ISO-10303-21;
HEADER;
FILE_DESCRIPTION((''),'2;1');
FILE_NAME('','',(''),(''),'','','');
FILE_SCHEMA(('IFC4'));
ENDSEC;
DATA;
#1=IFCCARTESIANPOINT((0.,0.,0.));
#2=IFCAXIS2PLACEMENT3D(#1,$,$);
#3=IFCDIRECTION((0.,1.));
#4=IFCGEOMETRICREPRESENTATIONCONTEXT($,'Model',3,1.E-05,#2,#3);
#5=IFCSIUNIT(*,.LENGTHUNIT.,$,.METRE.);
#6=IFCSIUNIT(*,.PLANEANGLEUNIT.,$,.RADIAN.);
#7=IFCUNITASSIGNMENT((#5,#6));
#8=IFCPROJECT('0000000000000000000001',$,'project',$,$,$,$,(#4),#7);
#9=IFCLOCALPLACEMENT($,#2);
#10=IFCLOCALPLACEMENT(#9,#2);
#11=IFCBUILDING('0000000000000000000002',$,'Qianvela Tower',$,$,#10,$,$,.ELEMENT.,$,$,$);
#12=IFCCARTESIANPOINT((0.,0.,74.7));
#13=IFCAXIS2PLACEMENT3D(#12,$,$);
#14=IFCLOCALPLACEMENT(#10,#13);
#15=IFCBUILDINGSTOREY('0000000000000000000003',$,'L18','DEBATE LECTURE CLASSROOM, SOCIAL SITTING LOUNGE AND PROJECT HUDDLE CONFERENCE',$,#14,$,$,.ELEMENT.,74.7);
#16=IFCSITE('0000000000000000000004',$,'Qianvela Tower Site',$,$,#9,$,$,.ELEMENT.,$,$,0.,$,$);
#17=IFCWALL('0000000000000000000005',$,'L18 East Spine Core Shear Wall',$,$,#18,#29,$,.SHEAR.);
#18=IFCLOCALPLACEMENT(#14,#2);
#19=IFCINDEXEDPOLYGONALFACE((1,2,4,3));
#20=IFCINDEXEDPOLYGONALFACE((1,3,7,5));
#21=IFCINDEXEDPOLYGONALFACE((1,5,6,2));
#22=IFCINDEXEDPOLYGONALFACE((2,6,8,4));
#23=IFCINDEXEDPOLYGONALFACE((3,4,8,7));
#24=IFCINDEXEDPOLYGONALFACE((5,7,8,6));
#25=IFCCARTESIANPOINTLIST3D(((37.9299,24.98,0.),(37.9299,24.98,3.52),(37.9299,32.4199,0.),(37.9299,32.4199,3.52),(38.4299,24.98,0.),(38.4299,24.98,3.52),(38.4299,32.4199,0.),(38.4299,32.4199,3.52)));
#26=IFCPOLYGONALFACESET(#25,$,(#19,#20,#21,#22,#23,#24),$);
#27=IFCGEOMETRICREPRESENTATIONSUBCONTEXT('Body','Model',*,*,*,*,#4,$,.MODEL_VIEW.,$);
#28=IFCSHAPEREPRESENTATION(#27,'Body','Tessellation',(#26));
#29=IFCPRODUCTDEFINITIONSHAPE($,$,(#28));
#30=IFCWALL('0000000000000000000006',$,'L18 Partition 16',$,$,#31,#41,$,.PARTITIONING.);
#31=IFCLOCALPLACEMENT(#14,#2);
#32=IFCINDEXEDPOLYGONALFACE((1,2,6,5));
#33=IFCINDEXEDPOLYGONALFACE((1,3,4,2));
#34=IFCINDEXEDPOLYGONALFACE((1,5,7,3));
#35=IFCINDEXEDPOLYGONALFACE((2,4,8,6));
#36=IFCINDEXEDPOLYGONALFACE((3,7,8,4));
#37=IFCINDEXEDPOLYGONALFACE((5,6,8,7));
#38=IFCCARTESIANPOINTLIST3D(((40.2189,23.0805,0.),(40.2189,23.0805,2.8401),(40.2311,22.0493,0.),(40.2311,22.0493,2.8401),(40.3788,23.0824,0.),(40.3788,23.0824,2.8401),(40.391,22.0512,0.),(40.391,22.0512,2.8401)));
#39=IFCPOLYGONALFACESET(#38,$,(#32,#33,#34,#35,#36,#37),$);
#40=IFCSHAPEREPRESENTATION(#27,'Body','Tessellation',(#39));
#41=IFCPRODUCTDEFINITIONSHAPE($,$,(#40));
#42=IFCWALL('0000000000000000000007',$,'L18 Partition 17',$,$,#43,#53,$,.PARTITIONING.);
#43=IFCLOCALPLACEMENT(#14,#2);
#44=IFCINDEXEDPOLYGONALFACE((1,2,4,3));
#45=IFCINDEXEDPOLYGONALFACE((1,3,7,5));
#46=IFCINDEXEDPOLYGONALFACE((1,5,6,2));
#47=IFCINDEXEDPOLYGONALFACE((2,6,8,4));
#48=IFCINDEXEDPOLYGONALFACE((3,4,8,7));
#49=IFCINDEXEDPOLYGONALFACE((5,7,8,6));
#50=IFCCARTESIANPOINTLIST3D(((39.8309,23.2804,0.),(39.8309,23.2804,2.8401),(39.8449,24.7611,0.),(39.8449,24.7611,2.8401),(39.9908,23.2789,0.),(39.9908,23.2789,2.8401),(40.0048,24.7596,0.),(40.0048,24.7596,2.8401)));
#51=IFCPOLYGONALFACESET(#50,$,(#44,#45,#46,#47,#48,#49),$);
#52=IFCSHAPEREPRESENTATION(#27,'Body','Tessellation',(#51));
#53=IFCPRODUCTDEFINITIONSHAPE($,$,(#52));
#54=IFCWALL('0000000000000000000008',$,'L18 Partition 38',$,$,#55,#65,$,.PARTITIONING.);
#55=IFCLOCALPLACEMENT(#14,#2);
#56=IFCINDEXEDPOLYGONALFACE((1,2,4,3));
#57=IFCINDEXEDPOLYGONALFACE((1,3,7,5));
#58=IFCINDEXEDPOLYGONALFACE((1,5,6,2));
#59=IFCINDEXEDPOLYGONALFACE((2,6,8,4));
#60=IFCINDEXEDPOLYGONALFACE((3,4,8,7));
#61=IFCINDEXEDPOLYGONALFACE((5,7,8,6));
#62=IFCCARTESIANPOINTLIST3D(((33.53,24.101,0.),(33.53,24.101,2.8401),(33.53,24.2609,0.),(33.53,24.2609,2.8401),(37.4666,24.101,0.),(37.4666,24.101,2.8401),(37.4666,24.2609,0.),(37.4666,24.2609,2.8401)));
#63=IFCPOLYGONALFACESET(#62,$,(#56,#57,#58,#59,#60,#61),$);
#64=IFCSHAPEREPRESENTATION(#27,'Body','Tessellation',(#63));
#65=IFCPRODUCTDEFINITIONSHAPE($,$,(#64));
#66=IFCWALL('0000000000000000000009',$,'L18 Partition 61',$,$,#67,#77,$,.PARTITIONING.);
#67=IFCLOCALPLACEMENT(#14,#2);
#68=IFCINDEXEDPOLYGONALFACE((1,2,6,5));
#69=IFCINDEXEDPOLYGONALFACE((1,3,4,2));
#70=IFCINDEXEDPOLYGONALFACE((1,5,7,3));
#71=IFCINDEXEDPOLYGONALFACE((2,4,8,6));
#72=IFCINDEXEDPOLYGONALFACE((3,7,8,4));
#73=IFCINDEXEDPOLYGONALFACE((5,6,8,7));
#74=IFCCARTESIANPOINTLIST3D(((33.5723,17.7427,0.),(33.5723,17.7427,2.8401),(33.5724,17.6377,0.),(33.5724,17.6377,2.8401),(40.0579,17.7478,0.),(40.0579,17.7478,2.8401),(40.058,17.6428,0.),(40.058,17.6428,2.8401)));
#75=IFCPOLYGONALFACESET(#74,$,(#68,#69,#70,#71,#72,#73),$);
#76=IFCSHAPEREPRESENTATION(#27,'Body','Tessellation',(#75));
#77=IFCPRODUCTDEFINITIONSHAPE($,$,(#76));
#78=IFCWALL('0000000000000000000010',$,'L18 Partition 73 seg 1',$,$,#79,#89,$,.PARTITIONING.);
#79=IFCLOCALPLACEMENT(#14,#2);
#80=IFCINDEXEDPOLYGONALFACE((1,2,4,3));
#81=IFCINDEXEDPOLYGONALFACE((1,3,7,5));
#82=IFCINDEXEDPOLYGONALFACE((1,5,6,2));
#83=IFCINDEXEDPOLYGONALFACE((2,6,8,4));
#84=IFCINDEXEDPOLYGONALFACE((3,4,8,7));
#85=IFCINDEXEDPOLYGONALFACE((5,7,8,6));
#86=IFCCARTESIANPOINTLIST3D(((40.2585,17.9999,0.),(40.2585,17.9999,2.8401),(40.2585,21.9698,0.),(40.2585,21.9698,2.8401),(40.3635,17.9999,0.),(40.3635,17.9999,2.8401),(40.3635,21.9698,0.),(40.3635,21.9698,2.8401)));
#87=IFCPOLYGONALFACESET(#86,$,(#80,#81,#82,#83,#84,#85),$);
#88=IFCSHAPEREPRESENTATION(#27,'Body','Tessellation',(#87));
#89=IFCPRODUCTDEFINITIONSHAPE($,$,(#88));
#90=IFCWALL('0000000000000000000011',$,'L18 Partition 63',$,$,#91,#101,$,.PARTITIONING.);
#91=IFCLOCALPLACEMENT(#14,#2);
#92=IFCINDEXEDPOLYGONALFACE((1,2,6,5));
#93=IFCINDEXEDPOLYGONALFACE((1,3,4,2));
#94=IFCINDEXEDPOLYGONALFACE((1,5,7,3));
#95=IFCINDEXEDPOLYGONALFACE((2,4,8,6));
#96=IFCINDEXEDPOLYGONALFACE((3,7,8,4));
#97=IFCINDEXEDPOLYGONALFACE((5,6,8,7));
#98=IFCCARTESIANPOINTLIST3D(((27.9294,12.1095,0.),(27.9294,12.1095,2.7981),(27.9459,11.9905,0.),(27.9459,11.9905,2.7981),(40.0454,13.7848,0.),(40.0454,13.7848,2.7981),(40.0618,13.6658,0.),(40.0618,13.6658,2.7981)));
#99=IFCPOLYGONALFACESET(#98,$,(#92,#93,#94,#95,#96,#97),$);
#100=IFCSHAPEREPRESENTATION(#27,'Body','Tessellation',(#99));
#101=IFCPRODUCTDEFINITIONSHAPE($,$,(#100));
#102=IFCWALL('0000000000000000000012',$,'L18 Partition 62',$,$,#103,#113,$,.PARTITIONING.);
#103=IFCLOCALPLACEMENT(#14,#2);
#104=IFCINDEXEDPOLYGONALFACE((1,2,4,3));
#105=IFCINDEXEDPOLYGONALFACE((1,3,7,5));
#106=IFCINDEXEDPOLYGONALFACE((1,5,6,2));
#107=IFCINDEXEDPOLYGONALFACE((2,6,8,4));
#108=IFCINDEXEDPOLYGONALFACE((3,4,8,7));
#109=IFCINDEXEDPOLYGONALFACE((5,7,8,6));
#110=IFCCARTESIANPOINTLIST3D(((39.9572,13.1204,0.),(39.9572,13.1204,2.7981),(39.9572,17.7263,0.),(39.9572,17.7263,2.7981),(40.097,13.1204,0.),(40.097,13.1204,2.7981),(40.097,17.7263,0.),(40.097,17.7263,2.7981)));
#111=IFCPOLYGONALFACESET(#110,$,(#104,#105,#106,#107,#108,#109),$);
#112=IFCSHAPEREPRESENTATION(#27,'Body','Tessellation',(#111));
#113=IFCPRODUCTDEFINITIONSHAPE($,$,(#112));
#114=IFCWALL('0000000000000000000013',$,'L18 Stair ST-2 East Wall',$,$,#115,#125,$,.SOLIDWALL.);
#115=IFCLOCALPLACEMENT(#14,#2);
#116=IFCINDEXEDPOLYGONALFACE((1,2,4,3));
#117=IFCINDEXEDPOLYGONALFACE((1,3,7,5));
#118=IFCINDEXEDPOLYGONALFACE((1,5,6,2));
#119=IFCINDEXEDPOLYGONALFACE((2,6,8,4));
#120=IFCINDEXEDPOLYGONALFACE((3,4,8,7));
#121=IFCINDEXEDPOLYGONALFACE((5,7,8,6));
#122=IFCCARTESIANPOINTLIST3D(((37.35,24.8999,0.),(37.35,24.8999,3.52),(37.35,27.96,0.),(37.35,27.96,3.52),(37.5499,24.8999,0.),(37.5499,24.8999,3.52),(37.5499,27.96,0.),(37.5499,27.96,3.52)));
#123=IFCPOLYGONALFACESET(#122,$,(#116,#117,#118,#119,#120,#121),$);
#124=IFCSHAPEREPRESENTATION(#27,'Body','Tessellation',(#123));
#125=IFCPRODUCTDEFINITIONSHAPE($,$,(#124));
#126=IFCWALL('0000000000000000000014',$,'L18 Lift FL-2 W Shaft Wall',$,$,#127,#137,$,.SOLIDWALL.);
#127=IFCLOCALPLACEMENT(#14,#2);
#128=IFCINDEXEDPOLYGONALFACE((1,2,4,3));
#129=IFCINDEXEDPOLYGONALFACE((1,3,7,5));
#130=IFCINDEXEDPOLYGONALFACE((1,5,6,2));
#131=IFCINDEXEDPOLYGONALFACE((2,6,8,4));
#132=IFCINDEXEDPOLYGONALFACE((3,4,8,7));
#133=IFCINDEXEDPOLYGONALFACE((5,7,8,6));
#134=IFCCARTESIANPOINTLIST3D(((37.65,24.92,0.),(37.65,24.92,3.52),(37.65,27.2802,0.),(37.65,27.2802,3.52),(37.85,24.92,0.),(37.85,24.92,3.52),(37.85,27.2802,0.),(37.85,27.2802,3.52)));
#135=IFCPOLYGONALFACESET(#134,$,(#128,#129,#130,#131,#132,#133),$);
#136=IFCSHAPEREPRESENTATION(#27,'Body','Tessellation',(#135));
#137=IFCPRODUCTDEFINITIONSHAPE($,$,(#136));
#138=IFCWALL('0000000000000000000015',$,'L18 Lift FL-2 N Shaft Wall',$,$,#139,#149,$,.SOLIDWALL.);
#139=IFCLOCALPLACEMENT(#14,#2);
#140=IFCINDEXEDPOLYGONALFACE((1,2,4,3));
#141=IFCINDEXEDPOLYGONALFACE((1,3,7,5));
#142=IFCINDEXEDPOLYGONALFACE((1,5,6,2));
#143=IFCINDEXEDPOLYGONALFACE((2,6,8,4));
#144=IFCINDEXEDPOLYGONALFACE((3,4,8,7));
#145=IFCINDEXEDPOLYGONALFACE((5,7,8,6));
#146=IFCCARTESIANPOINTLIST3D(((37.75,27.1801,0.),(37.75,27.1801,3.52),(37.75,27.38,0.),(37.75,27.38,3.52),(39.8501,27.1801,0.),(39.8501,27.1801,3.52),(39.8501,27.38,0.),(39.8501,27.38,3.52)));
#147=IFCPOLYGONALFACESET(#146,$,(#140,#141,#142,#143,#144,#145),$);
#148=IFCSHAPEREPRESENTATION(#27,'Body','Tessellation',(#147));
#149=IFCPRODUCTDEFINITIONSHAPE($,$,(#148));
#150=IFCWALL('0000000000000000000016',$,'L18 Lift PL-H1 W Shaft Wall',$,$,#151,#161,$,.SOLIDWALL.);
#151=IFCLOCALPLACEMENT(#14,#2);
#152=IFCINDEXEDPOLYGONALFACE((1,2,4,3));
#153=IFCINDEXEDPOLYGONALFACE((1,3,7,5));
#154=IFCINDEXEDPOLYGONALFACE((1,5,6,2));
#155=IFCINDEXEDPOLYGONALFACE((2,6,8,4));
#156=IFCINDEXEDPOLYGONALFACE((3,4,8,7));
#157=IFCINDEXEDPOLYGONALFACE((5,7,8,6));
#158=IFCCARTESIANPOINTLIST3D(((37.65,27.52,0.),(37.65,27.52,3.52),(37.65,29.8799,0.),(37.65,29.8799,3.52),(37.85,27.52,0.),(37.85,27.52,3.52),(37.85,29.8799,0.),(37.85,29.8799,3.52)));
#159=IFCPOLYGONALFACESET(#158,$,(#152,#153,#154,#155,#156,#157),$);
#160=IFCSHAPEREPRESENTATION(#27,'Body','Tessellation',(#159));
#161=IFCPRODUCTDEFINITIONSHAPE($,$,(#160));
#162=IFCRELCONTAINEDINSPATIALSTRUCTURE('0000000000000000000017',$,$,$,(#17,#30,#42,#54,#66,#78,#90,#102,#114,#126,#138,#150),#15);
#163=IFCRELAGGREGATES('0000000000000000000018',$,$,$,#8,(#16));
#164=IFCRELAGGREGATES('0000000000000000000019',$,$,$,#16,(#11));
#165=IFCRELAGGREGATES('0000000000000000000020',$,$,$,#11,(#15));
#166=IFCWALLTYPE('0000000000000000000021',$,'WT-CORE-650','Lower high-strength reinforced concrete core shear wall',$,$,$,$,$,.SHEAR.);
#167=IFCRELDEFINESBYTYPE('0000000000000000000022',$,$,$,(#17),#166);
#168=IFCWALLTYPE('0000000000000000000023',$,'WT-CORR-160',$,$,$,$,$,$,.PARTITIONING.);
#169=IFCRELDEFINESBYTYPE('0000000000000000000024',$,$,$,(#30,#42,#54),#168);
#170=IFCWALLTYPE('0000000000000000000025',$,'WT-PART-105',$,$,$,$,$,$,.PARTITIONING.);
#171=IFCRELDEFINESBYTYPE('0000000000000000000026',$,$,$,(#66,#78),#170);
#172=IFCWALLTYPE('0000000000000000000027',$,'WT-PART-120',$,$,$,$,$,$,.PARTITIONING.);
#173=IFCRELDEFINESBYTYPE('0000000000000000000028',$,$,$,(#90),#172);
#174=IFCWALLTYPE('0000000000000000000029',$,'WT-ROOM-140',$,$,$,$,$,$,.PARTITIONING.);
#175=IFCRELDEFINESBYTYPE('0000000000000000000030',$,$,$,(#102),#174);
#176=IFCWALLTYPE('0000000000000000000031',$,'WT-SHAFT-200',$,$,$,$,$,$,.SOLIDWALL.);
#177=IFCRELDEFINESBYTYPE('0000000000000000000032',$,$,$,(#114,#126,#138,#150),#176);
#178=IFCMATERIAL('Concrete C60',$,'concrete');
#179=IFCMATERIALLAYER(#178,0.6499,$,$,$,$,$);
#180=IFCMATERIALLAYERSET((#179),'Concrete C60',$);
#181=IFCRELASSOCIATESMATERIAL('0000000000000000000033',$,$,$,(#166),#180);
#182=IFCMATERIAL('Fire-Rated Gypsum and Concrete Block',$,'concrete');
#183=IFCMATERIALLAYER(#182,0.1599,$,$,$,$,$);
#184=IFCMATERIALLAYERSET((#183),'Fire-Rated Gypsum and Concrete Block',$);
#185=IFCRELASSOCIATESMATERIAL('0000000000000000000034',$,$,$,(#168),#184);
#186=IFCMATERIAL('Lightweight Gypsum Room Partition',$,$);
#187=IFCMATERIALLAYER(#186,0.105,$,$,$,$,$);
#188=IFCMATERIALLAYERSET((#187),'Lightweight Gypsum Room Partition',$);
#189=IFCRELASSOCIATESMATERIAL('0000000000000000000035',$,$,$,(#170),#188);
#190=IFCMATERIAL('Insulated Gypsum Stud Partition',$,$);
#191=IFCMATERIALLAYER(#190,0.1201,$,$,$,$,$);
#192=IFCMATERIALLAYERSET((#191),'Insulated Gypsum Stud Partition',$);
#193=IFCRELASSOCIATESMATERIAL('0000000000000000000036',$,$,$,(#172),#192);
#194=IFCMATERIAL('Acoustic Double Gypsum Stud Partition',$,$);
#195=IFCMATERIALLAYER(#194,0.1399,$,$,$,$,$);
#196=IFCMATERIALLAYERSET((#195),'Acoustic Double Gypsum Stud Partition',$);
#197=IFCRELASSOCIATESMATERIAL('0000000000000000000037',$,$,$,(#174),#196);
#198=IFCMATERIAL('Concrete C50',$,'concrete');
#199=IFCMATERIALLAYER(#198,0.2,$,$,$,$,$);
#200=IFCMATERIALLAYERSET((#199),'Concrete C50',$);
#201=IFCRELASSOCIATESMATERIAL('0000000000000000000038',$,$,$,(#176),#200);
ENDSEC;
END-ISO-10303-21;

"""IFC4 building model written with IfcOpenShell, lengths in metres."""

from ifc_helpers import new_model, si_unit, direction, frame, frame_2d, origin, place, context, subcontext, project, spatial, rectangle, extrude, material, layer, layer_set, type_object, element, save


model = new_model("IFC4")

# Units and contexts
model_context = context("Model", 3, precision=1e-05, world=origin(), true_north=direction((0.0, 1.0)))
body_context = subcontext(model_context, "Body", "Model", "MODEL_VIEW")
ifc_project = project(units=[si_unit("LENGTHUNIT", "METRE"), si_unit("PLANEANGLEUNIT", "RADIAN")], contexts=[model_context])

# Site, building, storey
site_placement = place(None, origin())
site = spatial("IfcSite", under=ifc_project, at=site_placement, Name="Qianvela Tower Site", CompositionType="ELEMENT", RefElevation=0.0)
building_placement = place(site_placement, origin())
building = spatial("IfcBuilding", under=site, at=building_placement, Name="Qianvela Tower", CompositionType="ELEMENT")
storey_placement = place(building_placement, frame((0.0, 0.0, 74.7)))
storey = spatial("IfcBuildingStorey", under=building, at=storey_placement, Name="L18", Description="DEBATE LECTURE CLASSROOM, SOCIAL SITTING LOUNGE AND PROJECT HUDDLE CONFERENCE", CompositionType="ELEMENT", Elevation=74.7)

# Walls
ifc_material_1 = material(Name="Concrete C60", Category="concrete")
ifc_layer_1 = layer(ifc_material_1, 0.6499)
ifc_layer_set_1 = layer_set([ifc_layer_1], Name="Concrete C60")
wall_type_1 = type_object("IfcWallType", Name="WT-CORE-650", Description="Lower high-strength reinforced concrete core shear wall", PredefinedType="SHEAR", material=ifc_layer_set_1)
wall_1_placement = place(storey_placement, frame((38.1799, 24.98, 0.0), z_axis=(0.0, 0.0, 1.0), x_axis=(0.0, 1.0, 0.0)))
element("IfcWall", 1, at=wall_1_placement, inside=storey, type_object=wall_type_1, Name="L18 East Spine Core Shear Wall", PredefinedType="SHEAR", context=body_context, shape_type="SweptSolid", body=[
    extrude(rectangle(XDim=7.4399, YDim=0.5, at=frame_2d((3.72, 0.0))), origin(), (0.0, 0.0, 1.0), 3.52),
])
ifc_material_2 = material(Name="Fire-Rated Gypsum and Concrete Block", Category="concrete")
ifc_layer_2 = layer(ifc_material_2, 0.1599)
ifc_layer_set_2 = layer_set([ifc_layer_2], Name="Fire-Rated Gypsum and Concrete Block")
wall_type_2 = type_object("IfcWallType", Name="WT-CORR-160", PredefinedType="PARTITIONING", material=ifc_layer_set_2)
wall_2_placement = place(storey_placement, frame((40.311, 22.0503, 0.0), z_axis=(0.0, 0.0, 1.0), x_axis=(-0.011836, 0.99993, 0.0)))
element("IfcWall", 2, at=wall_2_placement, inside=storey, type_object=wall_type_2, Name="L18 Partition 16", PredefinedType="PARTITIONING", context=body_context, shape_type="SweptSolid", body=[
    extrude(rectangle(XDim=1.0312, YDim=0.1599, at=frame_2d((0.5156, 0.0))), origin(), (0.0, 0.0, 1.0), 2.8401),
])
wall_3_placement = place(storey_placement, frame((39.9109, 23.2798, 0.0), z_axis=(0.0, 0.0, 1.0), x_axis=(0.009398, 0.999956, 0.0)))
element("IfcWall", 3, at=wall_3_placement, inside=storey, type_object=wall_type_2, Name="L18 Partition 17", PredefinedType="PARTITIONING", context=body_context, shape_type="SweptSolid", body=[
    extrude(rectangle(XDim=1.4807, YDim=0.1599, at=frame_2d((0.7402, 0.0))), origin(), (0.0, 0.0, 1.0), 2.8401),
])
wall_4_placement = place(storey_placement, frame((37.4666, 24.1809, 0.0), z_axis=(0.0, 0.0, 1.0), x_axis=(-1.0, 0.0, 0.0)))
element("IfcWall", 4, at=wall_4_placement, inside=storey, type_object=wall_type_2, Name="L18 Partition 38", PredefinedType="PARTITIONING", context=body_context, shape_type="SweptSolid", body=[
    extrude(rectangle(XDim=3.9365, YDim=0.1599, at=frame_2d((1.9683, 0.0))), origin(), (0.0, 0.0, 1.0), 2.8401),
])
ifc_material_3 = material(Name="Lightweight Gypsum Room Partition")
ifc_layer_3 = layer(ifc_material_3, 0.105)
ifc_layer_set_3 = layer_set([ifc_layer_3], Name="Lightweight Gypsum Room Partition")
wall_type_3 = type_object("IfcWallType", Name="WT-PART-105", PredefinedType="PARTITIONING", material=ifc_layer_set_3)
wall_5_placement = place(storey_placement, frame((33.5725, 17.6902, 0.0), z_axis=(0.0, 0.0, 1.0), x_axis=(1.0, 0.000791, 0.0)))
element("IfcWall", 5, at=wall_5_placement, inside=storey, type_object=wall_type_3, Name="L18 Partition 61", PredefinedType="PARTITIONING", context=body_context, shape_type="SweptSolid", body=[
    extrude(rectangle(XDim=6.4856, YDim=0.105, at=frame_2d((3.2427, 0.0))), origin(), (0.0, 0.0, 1.0), 2.8401),
])
wall_6_placement = place(storey_placement, frame((40.311, 18.0, 0.0), z_axis=(0.0, 0.0, 1.0), x_axis=(0.0, 1.0, 0.0)))
element("IfcWall", 6, at=wall_6_placement, inside=storey, type_object=wall_type_3, Name="L18 Partition 73 seg 1", PredefinedType="PARTITIONING", context=body_context, shape_type="SweptSolid", body=[
    extrude(rectangle(XDim=3.97, YDim=0.105, at=frame_2d((1.9849, 0.0))), origin(), (0.0, 0.0, 1.0), 2.8401),
])
ifc_material_4 = material(Name="Insulated Gypsum Stud Partition")
ifc_layer_4 = layer(ifc_material_4, 0.1201)
ifc_layer_set_4 = layer_set([ifc_layer_4], Name="Insulated Gypsum Stud Partition")
wall_type_4 = type_object("IfcWallType", Name="WT-PART-120", PredefinedType="PARTITIONING", material=ifc_layer_set_4)
wall_7_placement = place(storey_placement, frame((40.0537, 13.7253, 0.0), z_axis=(0.0, 0.0, 1.0), x_axis=(-0.990575, -0.136968, 0.0)))
element("IfcWall", 7, at=wall_7_placement, inside=storey, type_object=wall_type_4, Name="L18 Partition 63", PredefinedType="PARTITIONING", context=body_context, shape_type="SweptSolid", body=[
    extrude(rectangle(XDim=12.2312, YDim=0.1201, at=frame_2d((6.1157, 0.0))), origin(), (0.0, 0.0, 1.0), 2.7981),
])
ifc_material_5 = material(Name="Acoustic Double Gypsum Stud Partition")
ifc_layer_5 = layer(ifc_material_5, 0.1399)
ifc_layer_set_5 = layer_set([ifc_layer_5], Name="Acoustic Double Gypsum Stud Partition")
wall_type_5 = type_object("IfcWallType", Name="WT-ROOM-140", PredefinedType="PARTITIONING", material=ifc_layer_set_5)
wall_8_placement = place(storey_placement, frame((40.0271, 17.7263, 0.0), z_axis=(0.0, 0.0, 1.0), x_axis=(0.0, -1.0, 0.0)))
element("IfcWall", 8, at=wall_8_placement, inside=storey, type_object=wall_type_5, Name="L18 Partition 62", PredefinedType="PARTITIONING", context=body_context, shape_type="SweptSolid", body=[
    extrude(rectangle(XDim=4.606, YDim=0.1399, at=frame_2d((2.303, 0.0))), origin(), (0.0, 0.0, 1.0), 2.7981),
])
ifc_material_6 = material(Name="Concrete C50", Category="concrete")
ifc_layer_6 = layer(ifc_material_6, 0.2)
ifc_layer_set_6 = layer_set([ifc_layer_6], Name="Concrete C50")
wall_type_6 = type_object("IfcWallType", Name="WT-SHAFT-200", PredefinedType="SOLIDWALL", material=ifc_layer_set_6)
wall_9_placement = place(storey_placement, frame((37.45, 24.8999, 0.0), z_axis=(0.0, 0.0, 1.0), x_axis=(0.0, 1.0, 0.0)))
element("IfcWall", 9, at=wall_9_placement, inside=storey, type_object=wall_type_6, Name="L18 Stair ST-2 East Wall", PredefinedType="SOLIDWALL", context=body_context, shape_type="SweptSolid", body=[
    extrude(rectangle(XDim=3.0601, YDim=0.2, at=frame_2d((1.53, 0.0))), origin(), (0.0, 0.0, 1.0), 3.52),
])

# Walls
wall_10_placement = place(storey_placement, frame((37.75, 24.9199, 0.0), z_axis=(0.0, 0.0, 1.0), x_axis=(0.0, 1.0, 0.0)))
element("IfcWall", 10, at=wall_10_placement, inside=storey, type_object=wall_type_6, Name="L18 Lift FL-2 W Shaft Wall", PredefinedType="SOLIDWALL", context=body_context, shape_type="SweptSolid", body=[
    extrude(rectangle(XDim=2.3601, YDim=0.2, at=frame_2d((1.1802, 0.0))), origin(), (0.0, 0.0, 1.0), 3.52),
])
wall_11_placement = place(storey_placement, frame((37.75, 27.28, 0.0), z_axis=(0.0, 0.0, 1.0), x_axis=(1.0, 0.0, 0.0)))
element("IfcWall", 11, at=wall_11_placement, inside=storey, type_object=wall_type_6, Name="L18 Lift FL-2 N Shaft Wall", PredefinedType="SOLIDWALL", context=body_context, shape_type="SweptSolid", body=[
    extrude(rectangle(XDim=2.1001, YDim=0.2, at=frame_2d((1.05, 0.0))), origin(), (0.0, 0.0, 1.0), 3.52),
])
wall_12_placement = place(storey_placement, frame((37.75, 27.52, 0.0), z_axis=(0.0, 0.0, 1.0), x_axis=(0.0, 1.0, 0.0)))
element("IfcWall", 12, at=wall_12_placement, inside=storey, type_object=wall_type_6, Name="L18 Lift PL-H1 W Shaft Wall", PredefinedType="SOLIDWALL", context=body_context, shape_type="SweptSolid", body=[
    extrude(rectangle(XDim=2.3599, YDim=0.2, at=frame_2d((1.1799, 0.0))), origin(), (0.0, 0.0, 1.0), 3.52),
])

save(model, "model.ifc")
